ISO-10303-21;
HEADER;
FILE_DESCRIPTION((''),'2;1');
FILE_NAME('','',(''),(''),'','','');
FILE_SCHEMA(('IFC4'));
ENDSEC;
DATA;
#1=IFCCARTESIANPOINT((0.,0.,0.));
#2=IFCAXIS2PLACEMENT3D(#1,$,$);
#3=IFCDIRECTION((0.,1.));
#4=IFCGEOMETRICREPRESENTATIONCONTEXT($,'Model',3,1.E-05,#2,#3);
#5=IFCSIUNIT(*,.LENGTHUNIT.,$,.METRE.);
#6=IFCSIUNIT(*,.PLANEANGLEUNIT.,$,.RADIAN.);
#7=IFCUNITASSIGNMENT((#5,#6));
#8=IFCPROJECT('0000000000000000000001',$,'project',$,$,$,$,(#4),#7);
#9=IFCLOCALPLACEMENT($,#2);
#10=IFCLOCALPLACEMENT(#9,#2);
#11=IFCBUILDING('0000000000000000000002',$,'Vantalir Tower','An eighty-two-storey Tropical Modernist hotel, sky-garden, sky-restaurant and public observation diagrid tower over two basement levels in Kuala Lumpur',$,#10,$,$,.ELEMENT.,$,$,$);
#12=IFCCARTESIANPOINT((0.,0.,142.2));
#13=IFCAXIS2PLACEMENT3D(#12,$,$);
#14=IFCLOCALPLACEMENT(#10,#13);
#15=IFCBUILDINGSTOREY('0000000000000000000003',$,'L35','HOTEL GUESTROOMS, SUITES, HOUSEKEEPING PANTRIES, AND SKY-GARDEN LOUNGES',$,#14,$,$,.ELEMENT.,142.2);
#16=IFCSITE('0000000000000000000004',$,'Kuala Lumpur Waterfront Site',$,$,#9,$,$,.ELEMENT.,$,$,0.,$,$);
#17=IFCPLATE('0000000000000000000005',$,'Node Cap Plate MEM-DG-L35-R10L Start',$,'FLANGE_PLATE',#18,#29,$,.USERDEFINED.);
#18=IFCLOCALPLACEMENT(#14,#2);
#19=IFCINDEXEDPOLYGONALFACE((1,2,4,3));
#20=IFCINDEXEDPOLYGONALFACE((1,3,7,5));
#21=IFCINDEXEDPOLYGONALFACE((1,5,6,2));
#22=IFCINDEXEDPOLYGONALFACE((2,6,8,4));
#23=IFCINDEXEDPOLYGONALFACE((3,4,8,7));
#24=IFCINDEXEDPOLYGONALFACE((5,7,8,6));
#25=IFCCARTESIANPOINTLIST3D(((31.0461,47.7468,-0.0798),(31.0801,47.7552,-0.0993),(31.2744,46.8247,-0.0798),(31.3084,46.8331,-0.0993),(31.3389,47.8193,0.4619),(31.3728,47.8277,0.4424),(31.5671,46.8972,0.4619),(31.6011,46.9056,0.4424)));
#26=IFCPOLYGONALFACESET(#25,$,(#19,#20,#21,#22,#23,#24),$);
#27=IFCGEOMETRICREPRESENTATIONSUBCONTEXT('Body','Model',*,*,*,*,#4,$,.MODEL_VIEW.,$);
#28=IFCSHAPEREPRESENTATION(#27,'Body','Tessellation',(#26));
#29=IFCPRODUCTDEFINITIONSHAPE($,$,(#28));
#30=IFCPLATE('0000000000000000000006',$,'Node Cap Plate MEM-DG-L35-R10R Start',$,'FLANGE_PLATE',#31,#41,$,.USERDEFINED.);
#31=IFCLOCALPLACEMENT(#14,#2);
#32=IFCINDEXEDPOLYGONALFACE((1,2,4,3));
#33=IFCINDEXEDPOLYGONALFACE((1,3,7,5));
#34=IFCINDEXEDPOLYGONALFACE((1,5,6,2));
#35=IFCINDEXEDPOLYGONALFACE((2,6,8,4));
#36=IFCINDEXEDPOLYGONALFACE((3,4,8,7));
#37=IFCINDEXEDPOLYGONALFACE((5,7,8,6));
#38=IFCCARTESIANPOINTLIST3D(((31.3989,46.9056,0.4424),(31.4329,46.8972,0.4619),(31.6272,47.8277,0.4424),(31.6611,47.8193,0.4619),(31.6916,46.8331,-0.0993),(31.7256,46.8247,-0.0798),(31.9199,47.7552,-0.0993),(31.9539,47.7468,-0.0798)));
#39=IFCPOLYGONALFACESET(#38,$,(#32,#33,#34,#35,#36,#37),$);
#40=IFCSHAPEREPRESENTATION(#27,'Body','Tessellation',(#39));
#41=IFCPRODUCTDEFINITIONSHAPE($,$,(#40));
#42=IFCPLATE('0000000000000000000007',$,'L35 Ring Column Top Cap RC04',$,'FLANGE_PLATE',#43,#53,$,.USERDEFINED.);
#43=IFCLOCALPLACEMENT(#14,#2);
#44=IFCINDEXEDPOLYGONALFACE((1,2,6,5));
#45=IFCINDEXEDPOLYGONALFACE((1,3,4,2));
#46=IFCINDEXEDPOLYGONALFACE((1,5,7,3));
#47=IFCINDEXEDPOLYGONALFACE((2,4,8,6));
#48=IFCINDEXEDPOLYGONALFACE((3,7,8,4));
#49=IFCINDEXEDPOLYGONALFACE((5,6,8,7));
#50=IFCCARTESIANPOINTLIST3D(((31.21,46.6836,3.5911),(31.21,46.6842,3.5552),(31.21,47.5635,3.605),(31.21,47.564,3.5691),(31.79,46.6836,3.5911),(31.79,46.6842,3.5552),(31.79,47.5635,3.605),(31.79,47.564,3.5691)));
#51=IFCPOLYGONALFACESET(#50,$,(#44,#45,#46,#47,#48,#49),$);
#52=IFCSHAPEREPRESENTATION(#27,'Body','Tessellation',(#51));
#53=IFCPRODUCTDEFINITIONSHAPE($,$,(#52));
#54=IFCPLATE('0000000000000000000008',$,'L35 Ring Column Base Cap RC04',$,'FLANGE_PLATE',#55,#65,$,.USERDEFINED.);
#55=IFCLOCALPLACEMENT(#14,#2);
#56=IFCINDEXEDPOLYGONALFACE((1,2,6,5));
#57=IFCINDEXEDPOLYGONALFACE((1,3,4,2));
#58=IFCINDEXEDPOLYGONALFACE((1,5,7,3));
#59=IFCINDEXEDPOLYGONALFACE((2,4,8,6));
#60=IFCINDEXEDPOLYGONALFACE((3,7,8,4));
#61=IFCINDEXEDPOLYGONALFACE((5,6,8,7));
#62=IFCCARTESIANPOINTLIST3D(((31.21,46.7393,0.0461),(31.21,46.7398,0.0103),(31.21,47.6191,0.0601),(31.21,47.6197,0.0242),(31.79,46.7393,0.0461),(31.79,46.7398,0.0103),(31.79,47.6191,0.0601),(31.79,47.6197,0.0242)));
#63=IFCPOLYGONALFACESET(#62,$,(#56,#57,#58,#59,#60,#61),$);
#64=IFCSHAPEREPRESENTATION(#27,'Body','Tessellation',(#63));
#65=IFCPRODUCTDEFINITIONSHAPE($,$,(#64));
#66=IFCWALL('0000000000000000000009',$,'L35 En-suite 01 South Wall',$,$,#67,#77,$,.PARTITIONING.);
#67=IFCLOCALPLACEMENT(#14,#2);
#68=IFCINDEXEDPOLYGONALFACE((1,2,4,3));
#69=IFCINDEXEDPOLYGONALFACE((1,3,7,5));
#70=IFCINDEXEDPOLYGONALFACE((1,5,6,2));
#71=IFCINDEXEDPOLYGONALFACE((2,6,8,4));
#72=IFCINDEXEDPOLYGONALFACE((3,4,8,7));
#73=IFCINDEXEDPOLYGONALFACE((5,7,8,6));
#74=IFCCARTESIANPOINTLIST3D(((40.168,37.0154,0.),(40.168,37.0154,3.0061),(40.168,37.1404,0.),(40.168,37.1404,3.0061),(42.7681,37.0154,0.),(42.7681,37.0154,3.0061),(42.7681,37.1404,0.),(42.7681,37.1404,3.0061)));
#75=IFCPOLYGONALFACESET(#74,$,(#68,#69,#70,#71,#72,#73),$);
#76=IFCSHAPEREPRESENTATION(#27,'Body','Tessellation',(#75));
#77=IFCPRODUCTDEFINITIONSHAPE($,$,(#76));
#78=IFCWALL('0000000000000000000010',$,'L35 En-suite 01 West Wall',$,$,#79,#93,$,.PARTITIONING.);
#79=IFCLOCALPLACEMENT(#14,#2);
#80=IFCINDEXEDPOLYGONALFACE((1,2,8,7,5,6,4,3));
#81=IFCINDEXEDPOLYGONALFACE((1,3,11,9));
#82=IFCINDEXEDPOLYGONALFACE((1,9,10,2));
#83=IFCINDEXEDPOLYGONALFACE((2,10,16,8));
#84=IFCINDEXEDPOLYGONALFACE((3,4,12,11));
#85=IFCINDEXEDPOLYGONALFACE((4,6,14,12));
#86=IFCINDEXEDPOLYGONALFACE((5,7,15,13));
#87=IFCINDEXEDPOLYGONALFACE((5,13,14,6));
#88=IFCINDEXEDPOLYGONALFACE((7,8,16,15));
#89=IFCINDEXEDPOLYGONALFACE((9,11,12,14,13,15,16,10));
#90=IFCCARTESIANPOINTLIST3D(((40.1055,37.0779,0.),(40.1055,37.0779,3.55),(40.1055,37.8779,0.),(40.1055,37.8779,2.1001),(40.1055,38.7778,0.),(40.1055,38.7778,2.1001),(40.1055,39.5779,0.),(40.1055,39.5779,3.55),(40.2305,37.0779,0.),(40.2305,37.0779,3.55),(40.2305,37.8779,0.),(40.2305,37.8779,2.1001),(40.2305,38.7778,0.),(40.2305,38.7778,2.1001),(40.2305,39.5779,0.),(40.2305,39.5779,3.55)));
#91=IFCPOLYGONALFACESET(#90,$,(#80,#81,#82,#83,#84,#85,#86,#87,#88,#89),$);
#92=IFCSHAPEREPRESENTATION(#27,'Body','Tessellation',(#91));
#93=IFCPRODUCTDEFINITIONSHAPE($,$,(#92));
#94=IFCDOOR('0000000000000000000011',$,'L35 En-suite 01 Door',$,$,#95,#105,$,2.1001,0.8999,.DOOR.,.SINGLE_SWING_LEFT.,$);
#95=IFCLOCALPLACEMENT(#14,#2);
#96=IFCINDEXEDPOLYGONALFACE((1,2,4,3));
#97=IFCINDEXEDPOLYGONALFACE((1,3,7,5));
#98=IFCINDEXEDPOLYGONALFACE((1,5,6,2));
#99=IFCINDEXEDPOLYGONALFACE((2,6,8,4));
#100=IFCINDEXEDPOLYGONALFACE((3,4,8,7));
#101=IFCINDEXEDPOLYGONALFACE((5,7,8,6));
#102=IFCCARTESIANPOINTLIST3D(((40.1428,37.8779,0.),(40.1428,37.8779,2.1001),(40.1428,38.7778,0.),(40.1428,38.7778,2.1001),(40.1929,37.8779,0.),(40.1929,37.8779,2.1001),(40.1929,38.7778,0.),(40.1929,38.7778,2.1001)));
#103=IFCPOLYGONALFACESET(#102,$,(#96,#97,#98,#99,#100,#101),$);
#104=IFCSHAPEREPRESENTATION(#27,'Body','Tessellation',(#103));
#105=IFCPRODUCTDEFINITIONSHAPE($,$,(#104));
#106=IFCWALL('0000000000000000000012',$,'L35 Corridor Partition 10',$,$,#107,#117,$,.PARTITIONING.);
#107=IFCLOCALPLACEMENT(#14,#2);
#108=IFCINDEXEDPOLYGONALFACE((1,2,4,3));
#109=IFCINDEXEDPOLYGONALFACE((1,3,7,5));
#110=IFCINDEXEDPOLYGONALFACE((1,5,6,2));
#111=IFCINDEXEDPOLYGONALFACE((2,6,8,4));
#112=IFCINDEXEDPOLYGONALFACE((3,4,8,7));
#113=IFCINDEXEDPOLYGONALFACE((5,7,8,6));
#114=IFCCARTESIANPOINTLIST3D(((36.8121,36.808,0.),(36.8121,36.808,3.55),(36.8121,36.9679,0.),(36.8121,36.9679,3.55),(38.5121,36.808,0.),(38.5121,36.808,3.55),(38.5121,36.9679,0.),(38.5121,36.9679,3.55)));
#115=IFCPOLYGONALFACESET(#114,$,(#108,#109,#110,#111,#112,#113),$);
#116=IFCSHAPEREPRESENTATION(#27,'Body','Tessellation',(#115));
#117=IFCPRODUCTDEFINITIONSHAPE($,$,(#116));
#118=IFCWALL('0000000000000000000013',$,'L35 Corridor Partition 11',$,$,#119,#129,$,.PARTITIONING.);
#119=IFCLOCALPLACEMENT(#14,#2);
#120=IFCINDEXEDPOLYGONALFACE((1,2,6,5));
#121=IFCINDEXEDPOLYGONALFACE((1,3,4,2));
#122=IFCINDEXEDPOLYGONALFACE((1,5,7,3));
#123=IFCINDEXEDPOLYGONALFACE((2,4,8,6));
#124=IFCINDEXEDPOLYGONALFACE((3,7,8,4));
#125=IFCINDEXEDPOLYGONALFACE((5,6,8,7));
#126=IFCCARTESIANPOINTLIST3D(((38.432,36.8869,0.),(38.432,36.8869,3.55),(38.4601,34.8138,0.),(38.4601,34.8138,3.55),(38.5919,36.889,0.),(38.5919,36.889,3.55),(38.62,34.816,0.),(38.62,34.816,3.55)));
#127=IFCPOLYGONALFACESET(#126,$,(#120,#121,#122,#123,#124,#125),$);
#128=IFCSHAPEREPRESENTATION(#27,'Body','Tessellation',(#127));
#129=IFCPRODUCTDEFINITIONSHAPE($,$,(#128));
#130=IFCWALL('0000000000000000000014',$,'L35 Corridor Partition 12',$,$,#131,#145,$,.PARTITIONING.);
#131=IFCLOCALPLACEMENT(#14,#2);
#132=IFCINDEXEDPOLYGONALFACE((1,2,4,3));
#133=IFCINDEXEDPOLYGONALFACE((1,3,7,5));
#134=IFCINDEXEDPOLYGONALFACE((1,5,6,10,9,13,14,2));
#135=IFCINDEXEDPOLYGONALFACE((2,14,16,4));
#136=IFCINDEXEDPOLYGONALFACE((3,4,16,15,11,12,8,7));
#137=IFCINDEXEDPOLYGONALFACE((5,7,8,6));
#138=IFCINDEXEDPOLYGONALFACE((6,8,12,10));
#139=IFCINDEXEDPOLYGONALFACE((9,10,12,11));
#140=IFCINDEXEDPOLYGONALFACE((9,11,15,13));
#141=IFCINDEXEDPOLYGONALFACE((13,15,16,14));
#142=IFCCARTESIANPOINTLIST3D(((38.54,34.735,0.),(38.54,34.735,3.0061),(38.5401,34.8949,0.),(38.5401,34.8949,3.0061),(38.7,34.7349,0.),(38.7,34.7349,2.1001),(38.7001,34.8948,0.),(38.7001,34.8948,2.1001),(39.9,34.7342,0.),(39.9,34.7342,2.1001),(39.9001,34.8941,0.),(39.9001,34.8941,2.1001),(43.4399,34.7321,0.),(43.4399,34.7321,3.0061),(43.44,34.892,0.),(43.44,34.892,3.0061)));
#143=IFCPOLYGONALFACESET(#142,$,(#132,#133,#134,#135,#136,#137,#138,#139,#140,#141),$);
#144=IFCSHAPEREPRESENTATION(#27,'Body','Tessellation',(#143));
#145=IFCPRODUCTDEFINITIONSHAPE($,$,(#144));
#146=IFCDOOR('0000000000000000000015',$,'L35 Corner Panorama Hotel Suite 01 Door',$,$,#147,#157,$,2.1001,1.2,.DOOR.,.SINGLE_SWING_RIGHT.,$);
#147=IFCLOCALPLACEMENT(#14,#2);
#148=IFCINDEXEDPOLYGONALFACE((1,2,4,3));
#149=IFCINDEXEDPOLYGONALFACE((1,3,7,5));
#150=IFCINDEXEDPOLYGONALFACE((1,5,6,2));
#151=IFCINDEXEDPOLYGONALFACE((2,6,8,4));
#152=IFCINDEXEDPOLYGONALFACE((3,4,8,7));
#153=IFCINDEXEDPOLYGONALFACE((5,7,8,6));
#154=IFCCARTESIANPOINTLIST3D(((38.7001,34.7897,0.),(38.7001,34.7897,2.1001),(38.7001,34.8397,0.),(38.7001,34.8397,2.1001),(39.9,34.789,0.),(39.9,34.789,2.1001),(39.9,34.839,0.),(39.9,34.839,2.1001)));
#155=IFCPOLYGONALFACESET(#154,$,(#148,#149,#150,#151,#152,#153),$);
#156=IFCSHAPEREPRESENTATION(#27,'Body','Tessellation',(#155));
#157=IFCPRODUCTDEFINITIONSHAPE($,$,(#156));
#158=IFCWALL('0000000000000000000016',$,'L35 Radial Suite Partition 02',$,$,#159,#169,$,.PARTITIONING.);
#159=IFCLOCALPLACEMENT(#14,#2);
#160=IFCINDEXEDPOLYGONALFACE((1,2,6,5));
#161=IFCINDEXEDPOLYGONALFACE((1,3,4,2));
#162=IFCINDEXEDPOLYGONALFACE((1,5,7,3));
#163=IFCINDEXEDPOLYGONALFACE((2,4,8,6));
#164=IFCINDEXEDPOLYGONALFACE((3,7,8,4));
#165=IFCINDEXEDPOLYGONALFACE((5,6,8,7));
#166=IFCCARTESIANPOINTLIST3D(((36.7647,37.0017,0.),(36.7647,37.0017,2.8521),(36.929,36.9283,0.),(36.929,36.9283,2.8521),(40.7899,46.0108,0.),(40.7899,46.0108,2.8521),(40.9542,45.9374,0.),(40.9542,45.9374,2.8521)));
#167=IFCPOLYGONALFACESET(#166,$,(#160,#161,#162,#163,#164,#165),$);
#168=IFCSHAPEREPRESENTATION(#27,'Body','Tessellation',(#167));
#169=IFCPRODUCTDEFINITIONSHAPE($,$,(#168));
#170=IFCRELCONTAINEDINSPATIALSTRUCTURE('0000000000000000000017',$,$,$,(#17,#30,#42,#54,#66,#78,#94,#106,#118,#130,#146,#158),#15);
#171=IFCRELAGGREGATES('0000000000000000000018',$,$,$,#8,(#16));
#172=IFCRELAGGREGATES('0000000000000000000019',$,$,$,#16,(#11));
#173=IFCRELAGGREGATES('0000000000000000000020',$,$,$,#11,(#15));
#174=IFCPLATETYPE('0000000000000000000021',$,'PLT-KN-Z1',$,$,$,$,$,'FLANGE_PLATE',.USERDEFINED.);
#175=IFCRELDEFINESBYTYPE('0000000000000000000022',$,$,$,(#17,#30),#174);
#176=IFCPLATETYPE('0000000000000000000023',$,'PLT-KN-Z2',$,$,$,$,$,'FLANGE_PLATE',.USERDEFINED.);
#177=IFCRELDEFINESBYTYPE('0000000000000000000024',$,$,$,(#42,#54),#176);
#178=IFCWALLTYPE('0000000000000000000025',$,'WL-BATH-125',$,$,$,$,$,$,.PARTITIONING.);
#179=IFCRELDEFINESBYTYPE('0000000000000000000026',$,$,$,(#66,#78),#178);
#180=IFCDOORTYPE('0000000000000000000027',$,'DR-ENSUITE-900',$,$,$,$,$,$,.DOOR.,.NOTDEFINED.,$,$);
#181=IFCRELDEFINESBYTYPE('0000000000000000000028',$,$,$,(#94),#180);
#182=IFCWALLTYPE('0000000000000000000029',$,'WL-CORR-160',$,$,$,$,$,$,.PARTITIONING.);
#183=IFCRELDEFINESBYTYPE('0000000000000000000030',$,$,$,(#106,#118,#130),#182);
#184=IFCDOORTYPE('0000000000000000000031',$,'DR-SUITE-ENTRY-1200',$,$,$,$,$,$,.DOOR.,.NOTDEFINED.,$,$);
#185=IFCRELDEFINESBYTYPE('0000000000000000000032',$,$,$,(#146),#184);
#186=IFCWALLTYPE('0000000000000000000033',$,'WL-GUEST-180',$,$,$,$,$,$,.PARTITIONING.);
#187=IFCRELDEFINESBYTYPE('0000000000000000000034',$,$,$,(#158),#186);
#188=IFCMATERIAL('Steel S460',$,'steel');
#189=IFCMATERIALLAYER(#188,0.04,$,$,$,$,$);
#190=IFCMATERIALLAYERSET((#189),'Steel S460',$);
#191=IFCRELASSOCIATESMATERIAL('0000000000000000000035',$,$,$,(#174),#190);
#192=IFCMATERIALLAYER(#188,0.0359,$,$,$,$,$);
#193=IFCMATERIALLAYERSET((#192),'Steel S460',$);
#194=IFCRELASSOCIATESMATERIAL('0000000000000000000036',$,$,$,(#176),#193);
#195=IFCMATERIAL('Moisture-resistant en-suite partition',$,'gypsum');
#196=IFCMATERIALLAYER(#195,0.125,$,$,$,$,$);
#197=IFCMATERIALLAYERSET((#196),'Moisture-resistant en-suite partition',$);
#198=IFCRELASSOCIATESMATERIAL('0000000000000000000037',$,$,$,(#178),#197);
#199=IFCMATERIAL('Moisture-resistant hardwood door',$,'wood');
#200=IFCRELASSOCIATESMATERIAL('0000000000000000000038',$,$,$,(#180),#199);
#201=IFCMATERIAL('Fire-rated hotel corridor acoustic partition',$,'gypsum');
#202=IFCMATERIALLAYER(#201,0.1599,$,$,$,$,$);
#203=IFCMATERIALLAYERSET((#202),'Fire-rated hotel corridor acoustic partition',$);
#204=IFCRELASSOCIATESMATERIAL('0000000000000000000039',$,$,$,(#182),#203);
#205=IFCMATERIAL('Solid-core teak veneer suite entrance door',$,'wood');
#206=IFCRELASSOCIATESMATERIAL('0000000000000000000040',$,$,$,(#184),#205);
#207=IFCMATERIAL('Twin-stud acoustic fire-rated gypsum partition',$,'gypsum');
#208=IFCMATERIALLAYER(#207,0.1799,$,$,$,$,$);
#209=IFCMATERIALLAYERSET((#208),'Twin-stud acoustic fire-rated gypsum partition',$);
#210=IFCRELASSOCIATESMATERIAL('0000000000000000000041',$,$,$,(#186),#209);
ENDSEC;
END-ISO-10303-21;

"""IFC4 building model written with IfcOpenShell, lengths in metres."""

from ifc_helpers import new_model, si_unit, direction, frame, frame_2d, origin, place, context, subcontext, project, spatial, polyline, rectangle, outline, extrude, material, layer, layer_set, type_object, element, fill, save


model = new_model("IFC4")

# Units and contexts
model_context = context("Model", 3, precision=1e-05, world=origin(), true_north=direction((0.0, 1.0)))
body_context = subcontext(model_context, "Body", "Model", "MODEL_VIEW")
ifc_project = project(units=[si_unit("LENGTHUNIT", "METRE"), si_unit("PLANEANGLEUNIT", "RADIAN")], contexts=[model_context])

# Site, building, storey
site_placement = place(None, origin())
site = spatial("IfcSite", under=ifc_project, at=site_placement, Name="Kuala Lumpur Waterfront Site", CompositionType="ELEMENT", RefElevation=0.0)
building_placement = place(site_placement, origin())
building = spatial("IfcBuilding", under=site, at=building_placement, Name="Vantalir Tower", Description="An eighty-two-storey Tropical Modernist hotel, sky-garden, sky-restaurant and public observation diagrid tower over two basement levels in Kuala Lumpur", CompositionType="ELEMENT")
storey_placement = place(building_placement, frame((0.0, 0.0, 142.2)))
storey = spatial("IfcBuildingStorey", under=building, at=storey_placement, Name="L35", Description="HOTEL GUESTROOMS, SUITES, HOUSEKEEPING PANTRIES, AND SKY-GARDEN LOUNGES", CompositionType="ELEMENT", Elevation=142.2)

# Shared definitions
ifc_material_1 = material(Name="Steel S460", Category="steel")

# Plates
ifc_layer_1 = layer(ifc_material_1, 0.04)
ifc_layer_set_1 = layer_set([ifc_layer_1], Name="Steel S460")
plate_type_1 = type_object("IfcPlateType", Name="PLT-KN-Z1", ElementType="FLANGE_PLATE", PredefinedType="USERDEFINED", material=ifc_layer_set_1)
plate_1_placement = place(storey_placement, frame((31.0461, 47.7468, -0.0798), z_axis=(-0.848145, -0.209959, 0.486383), x_axis=(0.240298, -0.970699, 0.0)))
element("IfcPlate", 1, at=plate_1_placement, inside=storey, type_object=plate_type_1, Name="Node Cap Plate MEM-DG-L35-R10L Start", ObjectType="FLANGE_PLATE", PredefinedType="USERDEFINED", context=body_context, shape_type="SweptSolid", body=[
    extrude(outline(polyline([(0.0, 0.0), (0.95, 0.0), (0.9499, 0.62), (0.0, 0.62), (0.0, 0.0)])), origin(), (0.0, 0.0, -1.0), 0.04),
])
plate_2_placement = place(storey_placement, frame((31.7256, 46.8247, -0.0798), z_axis=(0.848145, -0.209959, 0.486383), x_axis=(0.240298, 0.970699, 0.0)))
element("IfcPlate", 2, at=plate_2_placement, inside=storey, type_object=plate_type_1, Name="Node Cap Plate MEM-DG-L35-R10R Start", ObjectType="FLANGE_PLATE", PredefinedType="USERDEFINED", context=body_context, shape_type="SweptSolid", body=[
    extrude(outline(polyline([(0.0, 0.0), (0.95, 0.0), (0.95, 0.62), (0.0, 0.62), (0.0, 0.0)])), origin(), (0.0, 0.0, -1.0), 0.04),
])
ifc_layer_2 = layer(ifc_material_1, 0.0359)
ifc_layer_set_2 = layer_set([ifc_layer_2], Name="Steel S460")
plate_type_2 = type_object("IfcPlateType", Name="PLT-KN-Z2", ElementType="FLANGE_PLATE", PredefinedType="USERDEFINED", material=ifc_layer_set_2)
for number, where, z_axis, x_axis, name in (
    (3, (31.21, 47.5635, 3.605), (0.0, -0.015814, 0.999875), (0.0, -0.999875, -0.015814), "L35 Ring Column Top Cap RC04"),
    (4, (31.21, 47.6191, 0.0601), (0.0, -0.015814, 0.999875), (0.0, -0.999875, -0.015814), "L35 Ring Column Base Cap RC04"),
):
    element("IfcPlate", number, at=place(storey_placement, frame(where, z_axis=z_axis, x_axis=x_axis)), inside=storey, type_object=plate_type_2, Name=name, ObjectType="FLANGE_PLATE", PredefinedType="USERDEFINED", context=body_context, shape_type="SweptSolid", body=[
        extrude(outline(polyline([(0.0, 0.0), (0.88, 0.0), (0.88, 0.5801), (0.0, 0.5801), (0.0, 0.0)])), origin(), (0.0, 0.0, -1.0), 0.0359),
    ])

# Wall
ifc_material_2 = material(Name="Moisture-resistant en-suite partition", Category="gypsum")
ifc_layer_3 = layer(ifc_material_2, 0.125)
ifc_layer_set_3 = layer_set([ifc_layer_3], Name="Moisture-resistant en-suite partition")
wall_type_1 = type_object("IfcWallType", Name="WL-BATH-125", PredefinedType="PARTITIONING", material=ifc_layer_set_3)
wall_1_placement = place(storey_placement, frame((40.168, 37.0779, 0.0), z_axis=(0.0, 0.0, 1.0), x_axis=(1.0, 0.0, 0.0)))
element("IfcWall", 5, at=wall_1_placement, inside=storey, type_object=wall_type_1, Name="L35 En-suite 01 South Wall", PredefinedType="PARTITIONING", context=body_context, shape_type="SweptSolid", body=[
    extrude(rectangle(XDim=2.6001, YDim=0.125, at=frame_2d((1.3, 0.0))), origin(), (0.0, 0.0, 1.0), 3.0061),
])

# Wall, opening, door
wall_2_placement = place(storey_placement, frame((40.168, 37.0779, 0.0), z_axis=(0.0, 0.0, 1.0), x_axis=(0.0, 1.0, 0.0)))
wall_2 = element("IfcWall", 6, at=wall_2_placement, inside=storey, type_object=wall_type_1, Name="L35 En-suite 01 West Wall", PredefinedType="PARTITIONING", context=body_context, shape_type="SweptSolid", body=[
    extrude(rectangle(XDim=2.5, YDim=0.125, at=frame_2d((1.25, 0.0))), origin(), (0.0, 0.0, 1.0), 3.55),
])
opening_1_placement = place(wall_2_placement, frame((0.8, 0.0, 0.0)))
opening_1 = element("IfcOpeningElement", 7, at=opening_1_placement, cuts=wall_2, PredefinedType="OPENING", context=body_context, shape_type="SweptSolid", body=[
    extrude(rectangle(XDim=0.8999, YDim=2.1001, at=frame_2d((0.45, 1.05))), frame((0.0, 0.0725, 0.0), z_axis=(0.0, -1.0, 0.0), x_axis=(1.0, 0.0, 0.0)), (0.0, 0.0, 1.0), 0.145),
])
ifc_material_3 = material(Name="Moisture-resistant hardwood door", Category="wood")
door_type_1 = type_object("IfcDoorType", Name="DR-ENSUITE-900", OperationType="NOTDEFINED", PredefinedType="DOOR", material=ifc_material_3)
door_1_placement = place(opening_1_placement, frame((0.8999, 0.0, 0.0), z_axis=(0.0, 0.0, 1.0), x_axis=(-1.0, 0.0, 0.0)))
door_1 = element("IfcDoor", 8, at=door_1_placement, inside=storey, type_object=door_type_1, Name="L35 En-suite 01 Door", OperationType="SINGLE_SWING_LEFT", OverallHeight=2.1001, OverallWidth=0.8999, PredefinedType="DOOR", context=body_context, shape_type="SweptSolid", body=[
    extrude(rectangle(XDim=0.8999, YDim=2.1001, at=frame_2d((0.45, 1.05))), frame((0.0, 0.0249, 0.0), z_axis=(0.0, -1.0, 0.0), x_axis=(1.0, 0.0, 0.0)), (0.0, 0.0, 1.0), 0.05),
])
fill(opening_1, door_1)

# Walls
ifc_material_4 = material(Name="Fire-rated hotel corridor acoustic partition", Category="gypsum")
ifc_layer_4 = layer(ifc_material_4, 0.1599)
ifc_layer_set_4 = layer_set([ifc_layer_4], Name="Fire-rated hotel corridor acoustic partition")
wall_type_2 = type_object("IfcWallType", Name="WL-CORR-160", PredefinedType="PARTITIONING", material=ifc_layer_set_4)
wall_3_placement = place(storey_placement, frame((36.812, 36.8879, 0.0), z_axis=(0.0, 0.0, 1.0), x_axis=(1.0, 0.0, 0.0)))
element("IfcWall", 9, at=wall_3_placement, inside=storey, type_object=wall_type_2, Name="L35 Corridor Partition 10", PredefinedType="PARTITIONING", context=body_context, shape_type="SweptSolid", body=[
    extrude(rectangle(XDim=1.7, YDim=0.1599, at=frame_2d((0.8501, 0.0))), origin(), (0.0, 0.0, 1.0), 3.55),
])
wall_4_placement = place(storey_placement, frame((38.512, 36.8879, 0.0), z_axis=(0.0, 0.0, 1.0), x_axis=(0.013543, -0.999908, 0.0)))
element("IfcWall", 10, at=wall_4_placement, inside=storey, type_object=wall_type_2, Name="L35 Corridor Partition 11", PredefinedType="PARTITIONING", context=body_context, shape_type="SweptSolid", body=[
    extrude(rectangle(XDim=2.0732, YDim=0.1599, at=frame_2d((1.0366, 0.0))), origin(), (0.0, 0.0, 1.0), 3.55),
])

# Wall, opening, door
wall_5_placement = place(storey_placement, frame((38.54, 34.8149, 0.0), z_axis=(0.0, 0.0, 1.0), x_axis=(1.0, -0.000598, 0.0)))
wall_5 = element("IfcWall", 11, at=wall_5_placement, inside=storey, type_object=wall_type_2, Name="L35 Corridor Partition 12", PredefinedType="PARTITIONING", context=body_context, shape_type="SweptSolid", body=[
    extrude(rectangle(XDim=4.8999, YDim=0.1599, at=frame_2d((2.45, 0.0))), origin(), (0.0, 0.0, 1.0), 3.0061),
])
opening_2_placement = place(wall_5_placement, frame((0.1599, 0.0, 0.0)))
opening_2 = element("IfcOpeningElement", 12, at=opening_2_placement, cuts=wall_5, PredefinedType="OPENING", context=body_context, shape_type="SweptSolid", body=[
    extrude(rectangle(XDim=1.2, YDim=2.1001, at=frame_2d((0.6001, 1.05))), frame((0.0, 0.0898, 0.0), z_axis=(0.0, -1.0, 0.0), x_axis=(1.0, 0.0, 0.0)), (0.0, 0.0, 1.0), 0.1799),
])
ifc_material_5 = material(Name="Solid-core teak veneer suite entrance door", Category="wood")
door_type_2 = type_object("IfcDoorType", Name="DR-SUITE-ENTRY-1200", OperationType="NOTDEFINED", PredefinedType="DOOR", material=ifc_material_5)
door_2_placement = place(opening_2_placement, origin())
door_2 = element("IfcDoor", 13, at=door_2_placement, inside=storey, type_object=door_type_2, Name="L35 Corner Panorama Hotel Suite 01 Door", OperationType="SINGLE_SWING_RIGHT", OverallHeight=2.1001, OverallWidth=1.2, PredefinedType="DOOR", context=body_context, shape_type="SweptSolid", body=[
    extrude(rectangle(XDim=1.2, YDim=2.1001, at=frame_2d((0.6001, 1.05))), frame((0.0, 0.0249, 0.0), z_axis=(0.0, -1.0, 0.0), x_axis=(1.0, 0.0, 0.0)), (0.0, 0.0, 1.0), 0.05),
])
fill(opening_2, door_2)

# Wall
ifc_material_6 = material(Name="Twin-stud acoustic fire-rated gypsum partition", Category="gypsum")
ifc_layer_5 = layer(ifc_material_6, 0.1799)
ifc_layer_set_5 = layer_set([ifc_layer_5], Name="Twin-stud acoustic fire-rated gypsum partition")
wall_type_3 = type_object("IfcWallType", Name="WL-GUEST-180", PredefinedType="PARTITIONING", material=ifc_layer_set_5)
wall_6_placement = place(storey_placement, frame((36.8469, 36.9651, 0.0), z_axis=(0.0, 0.0, 1.0), x_axis=(0.407926, 0.913015, 0.0)))
element("IfcWall", 14, at=wall_6_placement, inside=storey, type_object=wall_type_3, Name="L35 Radial Suite Partition 02", PredefinedType="PARTITIONING", context=body_context, shape_type="SweptSolid", body=[
    extrude(rectangle(XDim=9.8674, YDim=0.1799, at=frame_2d((4.9336, 0.0))), origin(), (0.0, 0.0, 1.0), 2.8521),
])

save(model, "model.ifc")
